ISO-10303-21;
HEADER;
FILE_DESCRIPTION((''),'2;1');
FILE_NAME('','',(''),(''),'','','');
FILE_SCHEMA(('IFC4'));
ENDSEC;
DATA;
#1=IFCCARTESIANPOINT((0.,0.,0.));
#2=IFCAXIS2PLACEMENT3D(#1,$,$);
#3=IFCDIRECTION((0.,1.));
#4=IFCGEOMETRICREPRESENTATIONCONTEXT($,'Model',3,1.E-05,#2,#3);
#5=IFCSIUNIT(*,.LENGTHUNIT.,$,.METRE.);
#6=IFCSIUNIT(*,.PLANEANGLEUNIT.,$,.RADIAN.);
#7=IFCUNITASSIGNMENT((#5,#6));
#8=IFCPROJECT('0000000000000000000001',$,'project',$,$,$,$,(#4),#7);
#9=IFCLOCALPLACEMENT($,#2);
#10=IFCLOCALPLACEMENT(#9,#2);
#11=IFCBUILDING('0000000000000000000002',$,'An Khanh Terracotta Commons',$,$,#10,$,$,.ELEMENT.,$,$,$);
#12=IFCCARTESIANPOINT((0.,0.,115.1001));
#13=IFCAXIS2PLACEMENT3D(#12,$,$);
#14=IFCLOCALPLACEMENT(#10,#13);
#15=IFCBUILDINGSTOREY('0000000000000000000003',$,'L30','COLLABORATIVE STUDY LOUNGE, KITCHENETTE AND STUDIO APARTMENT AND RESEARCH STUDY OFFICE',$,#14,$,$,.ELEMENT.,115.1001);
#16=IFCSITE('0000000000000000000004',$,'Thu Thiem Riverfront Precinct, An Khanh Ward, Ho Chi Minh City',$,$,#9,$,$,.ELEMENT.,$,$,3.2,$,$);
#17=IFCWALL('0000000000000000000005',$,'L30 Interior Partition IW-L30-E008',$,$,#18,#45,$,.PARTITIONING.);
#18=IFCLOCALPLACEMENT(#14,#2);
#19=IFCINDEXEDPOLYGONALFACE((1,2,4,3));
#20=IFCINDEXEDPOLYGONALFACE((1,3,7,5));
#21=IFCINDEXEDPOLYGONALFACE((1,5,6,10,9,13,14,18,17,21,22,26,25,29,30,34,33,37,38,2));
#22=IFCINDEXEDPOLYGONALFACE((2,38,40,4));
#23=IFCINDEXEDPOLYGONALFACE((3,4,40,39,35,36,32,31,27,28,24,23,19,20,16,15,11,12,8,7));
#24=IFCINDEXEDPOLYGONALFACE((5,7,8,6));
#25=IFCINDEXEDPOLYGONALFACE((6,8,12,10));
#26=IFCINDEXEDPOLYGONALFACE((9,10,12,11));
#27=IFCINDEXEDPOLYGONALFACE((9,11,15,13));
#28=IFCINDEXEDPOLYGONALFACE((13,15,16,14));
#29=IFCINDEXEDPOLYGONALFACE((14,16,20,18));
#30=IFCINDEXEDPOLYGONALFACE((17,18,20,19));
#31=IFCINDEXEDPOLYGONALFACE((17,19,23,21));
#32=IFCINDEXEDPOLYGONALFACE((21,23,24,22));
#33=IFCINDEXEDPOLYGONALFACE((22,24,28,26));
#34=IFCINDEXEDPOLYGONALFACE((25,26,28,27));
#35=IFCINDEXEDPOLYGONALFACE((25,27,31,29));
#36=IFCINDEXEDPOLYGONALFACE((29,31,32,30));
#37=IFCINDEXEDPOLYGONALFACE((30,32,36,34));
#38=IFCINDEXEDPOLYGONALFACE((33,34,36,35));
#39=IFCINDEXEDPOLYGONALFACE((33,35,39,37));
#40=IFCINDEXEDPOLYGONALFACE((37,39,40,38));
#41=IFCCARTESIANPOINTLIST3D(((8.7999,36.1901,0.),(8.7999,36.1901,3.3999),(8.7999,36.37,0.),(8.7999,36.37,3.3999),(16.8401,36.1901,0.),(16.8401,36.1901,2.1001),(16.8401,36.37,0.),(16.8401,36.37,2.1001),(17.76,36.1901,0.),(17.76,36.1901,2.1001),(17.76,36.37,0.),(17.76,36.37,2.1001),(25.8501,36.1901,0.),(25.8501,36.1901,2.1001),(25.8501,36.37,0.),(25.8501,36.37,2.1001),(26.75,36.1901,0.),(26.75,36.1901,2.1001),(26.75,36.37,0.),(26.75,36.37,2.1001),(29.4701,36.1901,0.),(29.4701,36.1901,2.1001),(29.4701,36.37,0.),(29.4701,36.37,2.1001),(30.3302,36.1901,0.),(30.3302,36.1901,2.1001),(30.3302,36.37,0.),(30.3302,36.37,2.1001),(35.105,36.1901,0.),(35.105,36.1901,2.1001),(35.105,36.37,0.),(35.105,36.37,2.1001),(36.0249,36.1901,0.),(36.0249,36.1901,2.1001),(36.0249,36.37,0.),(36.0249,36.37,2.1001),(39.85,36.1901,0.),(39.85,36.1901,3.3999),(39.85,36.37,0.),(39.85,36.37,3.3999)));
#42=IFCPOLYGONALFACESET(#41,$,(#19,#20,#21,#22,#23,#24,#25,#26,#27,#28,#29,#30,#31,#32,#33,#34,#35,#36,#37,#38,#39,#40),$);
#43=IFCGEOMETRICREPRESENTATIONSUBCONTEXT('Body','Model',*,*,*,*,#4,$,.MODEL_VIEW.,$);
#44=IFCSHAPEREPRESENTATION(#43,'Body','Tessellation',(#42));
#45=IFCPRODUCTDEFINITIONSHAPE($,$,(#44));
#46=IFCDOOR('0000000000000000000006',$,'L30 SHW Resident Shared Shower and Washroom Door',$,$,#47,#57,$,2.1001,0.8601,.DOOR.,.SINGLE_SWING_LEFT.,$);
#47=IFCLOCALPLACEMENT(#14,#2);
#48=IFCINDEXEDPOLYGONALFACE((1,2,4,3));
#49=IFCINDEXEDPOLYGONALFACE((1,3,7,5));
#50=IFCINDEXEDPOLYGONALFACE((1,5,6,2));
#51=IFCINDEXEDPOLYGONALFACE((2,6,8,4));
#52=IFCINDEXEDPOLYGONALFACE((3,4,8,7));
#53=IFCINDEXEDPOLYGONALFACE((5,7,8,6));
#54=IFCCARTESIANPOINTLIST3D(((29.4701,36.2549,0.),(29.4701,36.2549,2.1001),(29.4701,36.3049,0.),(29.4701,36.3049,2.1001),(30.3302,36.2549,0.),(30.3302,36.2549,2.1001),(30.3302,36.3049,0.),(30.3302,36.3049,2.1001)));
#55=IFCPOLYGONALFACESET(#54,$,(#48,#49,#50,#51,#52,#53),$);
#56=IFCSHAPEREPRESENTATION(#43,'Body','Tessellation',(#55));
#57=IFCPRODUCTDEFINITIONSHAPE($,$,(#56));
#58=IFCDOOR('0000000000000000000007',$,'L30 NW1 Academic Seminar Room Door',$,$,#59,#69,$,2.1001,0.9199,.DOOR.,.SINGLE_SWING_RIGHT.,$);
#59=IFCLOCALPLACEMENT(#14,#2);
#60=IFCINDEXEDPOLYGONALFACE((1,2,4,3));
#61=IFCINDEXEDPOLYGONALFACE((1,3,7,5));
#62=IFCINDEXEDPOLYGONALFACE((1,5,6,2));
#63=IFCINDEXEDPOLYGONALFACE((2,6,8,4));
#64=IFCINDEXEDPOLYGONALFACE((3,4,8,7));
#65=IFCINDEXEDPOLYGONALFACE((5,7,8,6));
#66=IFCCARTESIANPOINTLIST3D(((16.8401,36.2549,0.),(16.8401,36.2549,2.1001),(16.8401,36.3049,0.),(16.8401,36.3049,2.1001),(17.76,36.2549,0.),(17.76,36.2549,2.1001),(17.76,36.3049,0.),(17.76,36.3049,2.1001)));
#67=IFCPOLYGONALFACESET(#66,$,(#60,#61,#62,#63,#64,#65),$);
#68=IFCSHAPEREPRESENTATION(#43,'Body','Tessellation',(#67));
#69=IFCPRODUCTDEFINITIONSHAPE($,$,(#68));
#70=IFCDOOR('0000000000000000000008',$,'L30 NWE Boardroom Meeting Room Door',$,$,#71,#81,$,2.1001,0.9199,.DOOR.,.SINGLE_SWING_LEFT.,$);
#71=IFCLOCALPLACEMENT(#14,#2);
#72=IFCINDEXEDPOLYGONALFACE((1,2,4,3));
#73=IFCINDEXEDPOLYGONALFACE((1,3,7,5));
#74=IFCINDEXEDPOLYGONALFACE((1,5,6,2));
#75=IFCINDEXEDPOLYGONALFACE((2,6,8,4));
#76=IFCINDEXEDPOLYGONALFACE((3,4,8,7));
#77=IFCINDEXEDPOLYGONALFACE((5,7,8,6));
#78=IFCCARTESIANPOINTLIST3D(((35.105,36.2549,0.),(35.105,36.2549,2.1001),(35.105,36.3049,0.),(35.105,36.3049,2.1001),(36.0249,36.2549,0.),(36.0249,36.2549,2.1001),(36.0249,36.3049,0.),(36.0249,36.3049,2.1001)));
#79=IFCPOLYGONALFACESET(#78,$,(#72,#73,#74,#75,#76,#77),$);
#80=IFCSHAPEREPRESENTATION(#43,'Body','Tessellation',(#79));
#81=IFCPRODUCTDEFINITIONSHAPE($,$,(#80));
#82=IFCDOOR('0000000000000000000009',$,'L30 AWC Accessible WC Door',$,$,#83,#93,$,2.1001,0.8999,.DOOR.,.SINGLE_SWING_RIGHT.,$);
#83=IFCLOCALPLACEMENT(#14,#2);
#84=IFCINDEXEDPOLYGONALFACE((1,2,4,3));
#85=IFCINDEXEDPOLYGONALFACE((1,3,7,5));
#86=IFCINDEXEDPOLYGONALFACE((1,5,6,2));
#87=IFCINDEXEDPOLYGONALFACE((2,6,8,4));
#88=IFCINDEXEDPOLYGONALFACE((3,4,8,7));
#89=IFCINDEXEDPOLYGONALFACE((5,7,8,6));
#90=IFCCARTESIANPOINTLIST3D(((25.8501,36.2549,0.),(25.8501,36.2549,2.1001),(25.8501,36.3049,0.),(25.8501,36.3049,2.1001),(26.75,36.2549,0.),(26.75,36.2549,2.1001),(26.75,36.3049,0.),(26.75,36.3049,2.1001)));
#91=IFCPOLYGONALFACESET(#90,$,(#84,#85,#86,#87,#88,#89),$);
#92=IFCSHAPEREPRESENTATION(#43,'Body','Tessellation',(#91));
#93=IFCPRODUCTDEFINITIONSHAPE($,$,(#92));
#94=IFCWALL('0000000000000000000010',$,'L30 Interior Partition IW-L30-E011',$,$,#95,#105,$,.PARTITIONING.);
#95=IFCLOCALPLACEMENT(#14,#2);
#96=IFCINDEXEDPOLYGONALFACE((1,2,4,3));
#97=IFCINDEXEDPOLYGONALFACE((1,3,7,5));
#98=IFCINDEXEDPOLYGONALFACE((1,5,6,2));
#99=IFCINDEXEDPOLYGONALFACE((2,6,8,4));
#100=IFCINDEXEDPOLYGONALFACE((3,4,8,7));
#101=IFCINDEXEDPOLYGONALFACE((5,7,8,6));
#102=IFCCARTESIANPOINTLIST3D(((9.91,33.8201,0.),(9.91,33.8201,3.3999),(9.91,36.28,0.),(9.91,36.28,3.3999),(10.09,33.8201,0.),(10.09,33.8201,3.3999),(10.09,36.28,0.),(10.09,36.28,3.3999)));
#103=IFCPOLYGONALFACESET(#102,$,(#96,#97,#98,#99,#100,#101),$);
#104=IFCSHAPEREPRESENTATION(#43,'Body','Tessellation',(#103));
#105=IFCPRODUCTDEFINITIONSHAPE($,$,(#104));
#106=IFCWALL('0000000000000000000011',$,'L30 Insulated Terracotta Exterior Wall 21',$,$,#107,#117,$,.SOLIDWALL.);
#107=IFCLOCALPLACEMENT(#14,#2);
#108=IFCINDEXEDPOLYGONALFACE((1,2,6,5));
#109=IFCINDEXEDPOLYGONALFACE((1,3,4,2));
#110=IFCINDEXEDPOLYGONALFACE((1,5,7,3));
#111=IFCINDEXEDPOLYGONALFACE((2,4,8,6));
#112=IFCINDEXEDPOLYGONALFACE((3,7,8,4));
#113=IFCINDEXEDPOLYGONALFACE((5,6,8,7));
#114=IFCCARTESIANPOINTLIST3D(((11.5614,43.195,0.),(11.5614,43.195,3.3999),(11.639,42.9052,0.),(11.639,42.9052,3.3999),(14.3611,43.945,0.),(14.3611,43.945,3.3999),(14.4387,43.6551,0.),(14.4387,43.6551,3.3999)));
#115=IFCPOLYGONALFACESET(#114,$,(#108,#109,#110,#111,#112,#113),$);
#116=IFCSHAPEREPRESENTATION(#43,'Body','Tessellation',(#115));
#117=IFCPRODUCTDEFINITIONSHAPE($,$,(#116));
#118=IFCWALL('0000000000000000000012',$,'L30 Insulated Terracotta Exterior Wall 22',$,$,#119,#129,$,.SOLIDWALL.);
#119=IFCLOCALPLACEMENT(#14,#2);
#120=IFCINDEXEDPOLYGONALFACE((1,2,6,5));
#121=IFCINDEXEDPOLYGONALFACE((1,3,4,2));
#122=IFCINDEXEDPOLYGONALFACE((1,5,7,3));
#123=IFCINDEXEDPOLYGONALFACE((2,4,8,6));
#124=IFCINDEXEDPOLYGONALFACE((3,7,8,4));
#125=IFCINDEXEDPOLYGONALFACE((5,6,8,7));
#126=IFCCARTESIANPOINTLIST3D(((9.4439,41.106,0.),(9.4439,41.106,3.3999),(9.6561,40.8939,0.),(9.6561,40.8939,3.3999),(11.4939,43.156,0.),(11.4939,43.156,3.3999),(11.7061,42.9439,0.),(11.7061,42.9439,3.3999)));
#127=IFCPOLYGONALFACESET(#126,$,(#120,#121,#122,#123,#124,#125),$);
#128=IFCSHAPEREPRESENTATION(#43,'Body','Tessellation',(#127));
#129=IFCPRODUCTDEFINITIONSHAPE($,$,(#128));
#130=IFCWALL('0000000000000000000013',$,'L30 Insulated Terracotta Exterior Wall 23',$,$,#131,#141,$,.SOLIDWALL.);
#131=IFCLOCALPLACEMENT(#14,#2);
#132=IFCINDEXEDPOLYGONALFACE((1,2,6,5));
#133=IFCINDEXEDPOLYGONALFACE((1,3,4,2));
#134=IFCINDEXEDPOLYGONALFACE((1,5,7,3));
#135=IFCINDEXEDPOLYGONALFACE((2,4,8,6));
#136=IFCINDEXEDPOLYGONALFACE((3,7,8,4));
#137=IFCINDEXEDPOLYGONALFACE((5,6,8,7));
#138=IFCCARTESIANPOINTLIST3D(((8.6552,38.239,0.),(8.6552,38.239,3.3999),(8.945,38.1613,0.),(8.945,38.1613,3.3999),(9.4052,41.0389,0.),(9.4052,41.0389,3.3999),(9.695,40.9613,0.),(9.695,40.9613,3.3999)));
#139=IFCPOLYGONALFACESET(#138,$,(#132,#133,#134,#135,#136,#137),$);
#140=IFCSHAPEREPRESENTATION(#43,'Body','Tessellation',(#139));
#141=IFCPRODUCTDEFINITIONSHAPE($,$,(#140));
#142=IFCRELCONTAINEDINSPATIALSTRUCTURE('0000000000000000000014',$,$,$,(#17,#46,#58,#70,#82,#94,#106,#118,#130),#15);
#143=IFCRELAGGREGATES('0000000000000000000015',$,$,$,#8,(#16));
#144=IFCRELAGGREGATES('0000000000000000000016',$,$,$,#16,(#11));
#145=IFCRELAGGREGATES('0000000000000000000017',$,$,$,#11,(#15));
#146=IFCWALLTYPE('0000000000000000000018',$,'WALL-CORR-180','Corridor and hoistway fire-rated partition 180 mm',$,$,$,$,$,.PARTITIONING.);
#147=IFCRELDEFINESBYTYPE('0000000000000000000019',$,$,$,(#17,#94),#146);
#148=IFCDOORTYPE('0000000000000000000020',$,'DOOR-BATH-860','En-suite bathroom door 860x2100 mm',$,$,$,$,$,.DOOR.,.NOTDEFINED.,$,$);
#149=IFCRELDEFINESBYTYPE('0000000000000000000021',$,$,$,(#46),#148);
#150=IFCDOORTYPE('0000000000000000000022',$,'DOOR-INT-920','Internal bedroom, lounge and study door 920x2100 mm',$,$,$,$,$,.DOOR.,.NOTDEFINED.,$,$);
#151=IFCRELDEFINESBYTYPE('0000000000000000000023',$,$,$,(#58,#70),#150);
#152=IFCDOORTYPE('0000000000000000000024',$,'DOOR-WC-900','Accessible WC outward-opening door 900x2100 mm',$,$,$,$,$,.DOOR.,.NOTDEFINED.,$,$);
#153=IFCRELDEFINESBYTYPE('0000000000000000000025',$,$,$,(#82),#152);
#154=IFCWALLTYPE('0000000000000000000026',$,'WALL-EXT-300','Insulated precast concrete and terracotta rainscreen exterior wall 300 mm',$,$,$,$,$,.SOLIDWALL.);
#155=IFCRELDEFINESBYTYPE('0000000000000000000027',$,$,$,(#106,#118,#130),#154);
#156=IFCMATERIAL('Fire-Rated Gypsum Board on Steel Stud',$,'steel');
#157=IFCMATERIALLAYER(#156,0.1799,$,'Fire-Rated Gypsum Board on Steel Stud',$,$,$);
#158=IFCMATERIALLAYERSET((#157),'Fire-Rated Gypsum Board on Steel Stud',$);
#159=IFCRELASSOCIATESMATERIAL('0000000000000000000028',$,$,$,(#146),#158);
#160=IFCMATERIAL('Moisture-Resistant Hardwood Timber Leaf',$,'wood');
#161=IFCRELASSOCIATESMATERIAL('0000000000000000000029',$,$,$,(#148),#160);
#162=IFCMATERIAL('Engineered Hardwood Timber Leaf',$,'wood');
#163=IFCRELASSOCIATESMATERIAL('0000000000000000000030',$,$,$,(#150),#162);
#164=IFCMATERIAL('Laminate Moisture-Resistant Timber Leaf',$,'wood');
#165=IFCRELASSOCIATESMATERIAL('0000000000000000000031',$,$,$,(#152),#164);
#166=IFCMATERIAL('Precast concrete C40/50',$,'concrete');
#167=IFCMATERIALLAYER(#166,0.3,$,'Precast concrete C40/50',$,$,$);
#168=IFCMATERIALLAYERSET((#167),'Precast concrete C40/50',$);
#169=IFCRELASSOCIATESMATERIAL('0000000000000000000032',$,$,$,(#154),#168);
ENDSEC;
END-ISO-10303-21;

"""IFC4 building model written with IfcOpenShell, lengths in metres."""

from ifc_helpers import new_model, si_unit, direction, frame, frame_2d, origin, place, context, subcontext, project, spatial, rectangle, extrude, material, layer, layer_set, type_object, element, fill, save


model = new_model("IFC4")

# Units and contexts
model_context = context("Model", 3, precision=1e-05, world=origin(), true_north=direction((0.0, 1.0)))
body_context = subcontext(model_context, "Body", "Model", "MODEL_VIEW")
ifc_project = project(units=[si_unit("LENGTHUNIT", "METRE"), si_unit("PLANEANGLEUNIT", "RADIAN")], contexts=[model_context])

# Site, building, storey
site_placement = place(None, origin())
site = spatial("IfcSite", under=ifc_project, at=site_placement, Name="Thu Thiem Riverfront Precinct, An Khanh Ward, Ho Chi Minh City", CompositionType="ELEMENT", RefElevation=3.2)
building_placement = place(site_placement, origin())
building = spatial("IfcBuilding", under=site, at=building_placement, Name="An Khanh Terracotta Commons", CompositionType="ELEMENT")
storey_placement = place(building_placement, frame((0.0, 0.0, 115.1001)))
storey = spatial("IfcBuildingStorey", under=building, at=storey_placement, Name="L30", Description="COLLABORATIVE STUDY LOUNGE, KITCHENETTE AND STUDIO APARTMENT AND RESEARCH STUDY OFFICE", CompositionType="ELEMENT", Elevation=115.1001)

# Shared definitions
ifc_material_1 = material(Name="Fire-Rated Gypsum Board on Steel Stud", Category="steel")
ifc_layer_1 = layer(ifc_material_1, 0.1799, Name="Fire-Rated Gypsum Board on Steel Stud")
ifc_layer_set_1 = layer_set([ifc_layer_1], Name="Fire-Rated Gypsum Board on Steel Stud")
wall_type_1 = type_object("IfcWallType", Name="WALL-CORR-180", Description="Corridor and hoistway fire-rated partition 180 mm", PredefinedType="PARTITIONING", material=ifc_layer_set_1)

# Wall, openings, doors
wall_1_placement = place(storey_placement, frame((8.8, 36.28, 0.0), z_axis=(0.0, 0.0, 1.0), x_axis=(1.0, 0.0, 0.0)))
wall_1 = element("IfcWall", 1, at=wall_1_placement, inside=storey, type_object=wall_type_1, Name="L30 Interior Partition IW-L30-E008", PredefinedType="PARTITIONING", context=body_context, shape_type="SweptSolid", body=[
    extrude(rectangle(XDim=31.05, YDim=0.1799, at=frame_2d((15.5249, 0.0))), origin(), (0.0, 0.0, 1.0), 3.3999),
])
opening_1_placement = place(wall_1_placement, frame((17.05, 0.0, 0.0)))
opening_1 = element("IfcOpeningElement", 2, at=opening_1_placement, cuts=wall_1, PredefinedType="OPENING", context=body_context, shape_type="SweptSolid", body=[
    extrude(rectangle(XDim=0.8999, YDim=2.1001, at=frame_2d((0.45, 1.05))), frame((0.0, 0.0999, 0.0), z_axis=(0.0, -1.0, 0.0), x_axis=(1.0, 0.0, 0.0)), (0.0, 0.0, 1.0), 0.2),
])
opening_2_placement = place(wall_1_placement, frame((20.6699, 0.0, 0.0)))
opening_2 = element("IfcOpeningElement", 3, at=opening_2_placement, cuts=wall_1, PredefinedType="OPENING", context=body_context, shape_type="SweptSolid", body=[
    extrude(rectangle(XDim=0.8601, YDim=2.1001, at=frame_2d((0.4302, 1.05))), frame((0.0, 0.0999, 0.0), z_axis=(0.0, -1.0, 0.0), x_axis=(1.0, 0.0, 0.0)), (0.0, 0.0, 1.0), 0.2),
])
opening_3_placement = place(wall_1_placement, frame((8.04, 0.0, 0.0)))
opening_3 = element("IfcOpeningElement", 4, at=opening_3_placement, cuts=wall_1, PredefinedType="OPENING", context=body_context, shape_type="SweptSolid", body=[
    extrude(rectangle(XDim=0.9199, YDim=2.1001, at=frame_2d((0.46, 1.05))), frame((0.0, 0.0999, 0.0), z_axis=(0.0, -1.0, 0.0), x_axis=(1.0, 0.0, 0.0)), (0.0, 0.0, 1.0), 0.2),
])
opening_4_placement = place(wall_1_placement, frame((26.3049, 0.0, 0.0)))
opening_4 = element("IfcOpeningElement", 5, at=opening_4_placement, cuts=wall_1, PredefinedType="OPENING", context=body_context, shape_type="SweptSolid", body=[
    extrude(rectangle(XDim=0.9199, YDim=2.1001, at=frame_2d((0.46, 1.05))), frame((0.0, 0.0999, 0.0), z_axis=(0.0, -1.0, 0.0), x_axis=(1.0, 0.0, 0.0)), (0.0, 0.0, 1.0), 0.2),
])
ifc_material_2 = material(Name="Moisture-Resistant Hardwood Timber Leaf", Category="wood")
door_type_1 = type_object("IfcDoorType", Name="DOOR-BATH-860", Description="En-suite bathroom door 860x2100 mm", OperationType="NOTDEFINED", PredefinedType="DOOR", material=ifc_material_2)
door_1_placement = place(opening_2_placement, origin())
door_1 = element("IfcDoor", 6, at=door_1_placement, inside=storey, type_object=door_type_1, Name="L30 SHW Resident Shared Shower and Washroom Door", OperationType="SINGLE_SWING_LEFT", OverallHeight=2.1001, OverallWidth=0.8601, PredefinedType="DOOR", context=body_context, shape_type="SweptSolid", body=[
    extrude(rectangle(XDim=0.8601, YDim=2.1001, at=frame_2d((0.4302, 1.05))), frame((0.0, 0.0249, 0.0), z_axis=(0.0, -1.0, 0.0), x_axis=(1.0, 0.0, 0.0)), (0.0, 0.0, 1.0), 0.05),
])
fill(opening_2, door_1)
ifc_material_3 = material(Name="Engineered Hardwood Timber Leaf", Category="wood")
door_type_2 = type_object("IfcDoorType", Name="DOOR-INT-920", Description="Internal bedroom, lounge and study door 920x2100 mm", OperationType="NOTDEFINED", PredefinedType="DOOR", material=ifc_material_3)
door_2_placement = place(opening_3_placement, origin())
door_2 = element("IfcDoor", 7, at=door_2_placement, inside=storey, type_object=door_type_2, Name="L30 NW1 Academic Seminar Room Door", OperationType="SINGLE_SWING_RIGHT", OverallHeight=2.1001, OverallWidth=0.9199, PredefinedType="DOOR", context=body_context, shape_type="SweptSolid", body=[
    extrude(rectangle(XDim=0.9199, YDim=2.1001, at=frame_2d((0.46, 1.05))), frame((0.0, 0.0249, 0.0), z_axis=(0.0, -1.0, 0.0), x_axis=(1.0, 0.0, 0.0)), (0.0, 0.0, 1.0), 0.05),
])
fill(opening_3, door_2)
door_3_placement = place(opening_4_placement, origin())
door_3 = element("IfcDoor", 8, at=door_3_placement, inside=storey, type_object=door_type_2, Name="L30 NWE Boardroom Meeting Room Door", OperationType="SINGLE_SWING_LEFT", OverallHeight=2.1001, OverallWidth=0.9199, PredefinedType="DOOR", context=body_context, shape_type="SweptSolid", body=[
    extrude(rectangle(XDim=0.9199, YDim=2.1001, at=frame_2d((0.46, 1.05))), frame((0.0, 0.0249, 0.0), z_axis=(0.0, -1.0, 0.0), x_axis=(1.0, 0.0, 0.0)), (0.0, 0.0, 1.0), 0.05),
])
fill(opening_4, door_3)
ifc_material_4 = material(Name="Laminate Moisture-Resistant Timber Leaf", Category="wood")
door_type_3 = type_object("IfcDoorType", Name="DOOR-WC-900", Description="Accessible WC outward-opening door 900x2100 mm", OperationType="NOTDEFINED", PredefinedType="DOOR", material=ifc_material_4)
door_4_placement = place(opening_1_placement, origin())
door_4 = element("IfcDoor", 9, at=door_4_placement, inside=storey, type_object=door_type_3, Name="L30 AWC Accessible WC Door", OperationType="SINGLE_SWING_RIGHT", OverallHeight=2.1001, OverallWidth=0.8999, PredefinedType="DOOR", context=body_context, shape_type="SweptSolid", body=[
    extrude(rectangle(XDim=0.8999, YDim=2.1001, at=frame_2d((0.45, 1.05))), frame((0.0, 0.0249, 0.0), z_axis=(0.0, -1.0, 0.0), x_axis=(1.0, 0.0, 0.0)), (0.0, 0.0, 1.0), 0.05),
])
fill(opening_1, door_4)

# Walls
wall_2_placement = place(storey_placement, frame((10.0, 33.8201, 0.0), z_axis=(0.0, 0.0, 1.0), x_axis=(0.0, 1.0, 0.0)))
element("IfcWall", 10, at=wall_2_placement, inside=storey, type_object=wall_type_1, Name="L30 Interior Partition IW-L30-E011", PredefinedType="PARTITIONING", context=body_context, shape_type="SweptSolid", body=[
    extrude(rectangle(XDim=2.46, YDim=0.1799, at=frame_2d((1.23, 0.0))), origin(), (0.0, 0.0, 1.0), 3.3999),
])
ifc_material_5 = material(Name="Precast concrete C40/50", Category="concrete")
ifc_layer_2 = layer(ifc_material_5, 0.3, Name="Precast concrete C40/50")
ifc_layer_set_2 = layer_set([ifc_layer_2], Name="Precast concrete C40/50")
wall_type_2 = type_object("IfcWallType", Name="WALL-EXT-300", Description="Insulated precast concrete and terracotta rainscreen exterior wall 300 mm", PredefinedType="SOLIDWALL", material=ifc_layer_set_2)
wall_3_placement = place(storey_placement, frame((14.3999, 43.8, 0.0), z_axis=(0.0, 0.0, 1.0), x_axis=(-0.965944, -0.258753, 0.0)))
element("IfcWall", 11, at=wall_3_placement, inside=storey, type_object=wall_type_2, Name="L30 Insulated Terracotta Exterior Wall 21", PredefinedType="SOLIDWALL", context=body_context, shape_type="SweptSolid", body=[
    extrude(rectangle(XDim=2.8984, YDim=0.3, at=frame_2d((1.4492, 0.0))), origin(), (0.0, 0.0, 1.0), 3.3999),
])
wall_4_placement = place(storey_placement, frame((11.6001, 43.05, 0.0), z_axis=(0.0, 0.0, 1.0), x_axis=(-0.707107, -0.707107, 0.0)))
element("IfcWall", 12, at=wall_4_placement, inside=storey, type_object=wall_type_2, Name="L30 Insulated Terracotta Exterior Wall 22", PredefinedType="SOLIDWALL", context=body_context, shape_type="SweptSolid", body=[
    extrude(rectangle(XDim=2.8992, YDim=0.3, at=frame_2d((1.4497, 0.0))), origin(), (0.0, 0.0, 1.0), 3.3999),
])
wall_5_placement = place(storey_placement, frame((9.55, 41.0, 0.0), z_axis=(0.0, 0.0, 1.0), x_axis=(-0.258732, -0.965949, 0.0)))
element("IfcWall", 13, at=wall_5_placement, inside=storey, type_object=wall_type_2, Name="L30 Insulated Terracotta Exterior Wall 23", PredefinedType="SOLIDWALL", context=body_context, shape_type="SweptSolid", body=[
    extrude(rectangle(XDim=2.8987, YDim=0.3, at=frame_2d((1.4492, 0.0))), origin(), (0.0, 0.0, 1.0), 3.3999),
])

save(model, "model.ifc")
